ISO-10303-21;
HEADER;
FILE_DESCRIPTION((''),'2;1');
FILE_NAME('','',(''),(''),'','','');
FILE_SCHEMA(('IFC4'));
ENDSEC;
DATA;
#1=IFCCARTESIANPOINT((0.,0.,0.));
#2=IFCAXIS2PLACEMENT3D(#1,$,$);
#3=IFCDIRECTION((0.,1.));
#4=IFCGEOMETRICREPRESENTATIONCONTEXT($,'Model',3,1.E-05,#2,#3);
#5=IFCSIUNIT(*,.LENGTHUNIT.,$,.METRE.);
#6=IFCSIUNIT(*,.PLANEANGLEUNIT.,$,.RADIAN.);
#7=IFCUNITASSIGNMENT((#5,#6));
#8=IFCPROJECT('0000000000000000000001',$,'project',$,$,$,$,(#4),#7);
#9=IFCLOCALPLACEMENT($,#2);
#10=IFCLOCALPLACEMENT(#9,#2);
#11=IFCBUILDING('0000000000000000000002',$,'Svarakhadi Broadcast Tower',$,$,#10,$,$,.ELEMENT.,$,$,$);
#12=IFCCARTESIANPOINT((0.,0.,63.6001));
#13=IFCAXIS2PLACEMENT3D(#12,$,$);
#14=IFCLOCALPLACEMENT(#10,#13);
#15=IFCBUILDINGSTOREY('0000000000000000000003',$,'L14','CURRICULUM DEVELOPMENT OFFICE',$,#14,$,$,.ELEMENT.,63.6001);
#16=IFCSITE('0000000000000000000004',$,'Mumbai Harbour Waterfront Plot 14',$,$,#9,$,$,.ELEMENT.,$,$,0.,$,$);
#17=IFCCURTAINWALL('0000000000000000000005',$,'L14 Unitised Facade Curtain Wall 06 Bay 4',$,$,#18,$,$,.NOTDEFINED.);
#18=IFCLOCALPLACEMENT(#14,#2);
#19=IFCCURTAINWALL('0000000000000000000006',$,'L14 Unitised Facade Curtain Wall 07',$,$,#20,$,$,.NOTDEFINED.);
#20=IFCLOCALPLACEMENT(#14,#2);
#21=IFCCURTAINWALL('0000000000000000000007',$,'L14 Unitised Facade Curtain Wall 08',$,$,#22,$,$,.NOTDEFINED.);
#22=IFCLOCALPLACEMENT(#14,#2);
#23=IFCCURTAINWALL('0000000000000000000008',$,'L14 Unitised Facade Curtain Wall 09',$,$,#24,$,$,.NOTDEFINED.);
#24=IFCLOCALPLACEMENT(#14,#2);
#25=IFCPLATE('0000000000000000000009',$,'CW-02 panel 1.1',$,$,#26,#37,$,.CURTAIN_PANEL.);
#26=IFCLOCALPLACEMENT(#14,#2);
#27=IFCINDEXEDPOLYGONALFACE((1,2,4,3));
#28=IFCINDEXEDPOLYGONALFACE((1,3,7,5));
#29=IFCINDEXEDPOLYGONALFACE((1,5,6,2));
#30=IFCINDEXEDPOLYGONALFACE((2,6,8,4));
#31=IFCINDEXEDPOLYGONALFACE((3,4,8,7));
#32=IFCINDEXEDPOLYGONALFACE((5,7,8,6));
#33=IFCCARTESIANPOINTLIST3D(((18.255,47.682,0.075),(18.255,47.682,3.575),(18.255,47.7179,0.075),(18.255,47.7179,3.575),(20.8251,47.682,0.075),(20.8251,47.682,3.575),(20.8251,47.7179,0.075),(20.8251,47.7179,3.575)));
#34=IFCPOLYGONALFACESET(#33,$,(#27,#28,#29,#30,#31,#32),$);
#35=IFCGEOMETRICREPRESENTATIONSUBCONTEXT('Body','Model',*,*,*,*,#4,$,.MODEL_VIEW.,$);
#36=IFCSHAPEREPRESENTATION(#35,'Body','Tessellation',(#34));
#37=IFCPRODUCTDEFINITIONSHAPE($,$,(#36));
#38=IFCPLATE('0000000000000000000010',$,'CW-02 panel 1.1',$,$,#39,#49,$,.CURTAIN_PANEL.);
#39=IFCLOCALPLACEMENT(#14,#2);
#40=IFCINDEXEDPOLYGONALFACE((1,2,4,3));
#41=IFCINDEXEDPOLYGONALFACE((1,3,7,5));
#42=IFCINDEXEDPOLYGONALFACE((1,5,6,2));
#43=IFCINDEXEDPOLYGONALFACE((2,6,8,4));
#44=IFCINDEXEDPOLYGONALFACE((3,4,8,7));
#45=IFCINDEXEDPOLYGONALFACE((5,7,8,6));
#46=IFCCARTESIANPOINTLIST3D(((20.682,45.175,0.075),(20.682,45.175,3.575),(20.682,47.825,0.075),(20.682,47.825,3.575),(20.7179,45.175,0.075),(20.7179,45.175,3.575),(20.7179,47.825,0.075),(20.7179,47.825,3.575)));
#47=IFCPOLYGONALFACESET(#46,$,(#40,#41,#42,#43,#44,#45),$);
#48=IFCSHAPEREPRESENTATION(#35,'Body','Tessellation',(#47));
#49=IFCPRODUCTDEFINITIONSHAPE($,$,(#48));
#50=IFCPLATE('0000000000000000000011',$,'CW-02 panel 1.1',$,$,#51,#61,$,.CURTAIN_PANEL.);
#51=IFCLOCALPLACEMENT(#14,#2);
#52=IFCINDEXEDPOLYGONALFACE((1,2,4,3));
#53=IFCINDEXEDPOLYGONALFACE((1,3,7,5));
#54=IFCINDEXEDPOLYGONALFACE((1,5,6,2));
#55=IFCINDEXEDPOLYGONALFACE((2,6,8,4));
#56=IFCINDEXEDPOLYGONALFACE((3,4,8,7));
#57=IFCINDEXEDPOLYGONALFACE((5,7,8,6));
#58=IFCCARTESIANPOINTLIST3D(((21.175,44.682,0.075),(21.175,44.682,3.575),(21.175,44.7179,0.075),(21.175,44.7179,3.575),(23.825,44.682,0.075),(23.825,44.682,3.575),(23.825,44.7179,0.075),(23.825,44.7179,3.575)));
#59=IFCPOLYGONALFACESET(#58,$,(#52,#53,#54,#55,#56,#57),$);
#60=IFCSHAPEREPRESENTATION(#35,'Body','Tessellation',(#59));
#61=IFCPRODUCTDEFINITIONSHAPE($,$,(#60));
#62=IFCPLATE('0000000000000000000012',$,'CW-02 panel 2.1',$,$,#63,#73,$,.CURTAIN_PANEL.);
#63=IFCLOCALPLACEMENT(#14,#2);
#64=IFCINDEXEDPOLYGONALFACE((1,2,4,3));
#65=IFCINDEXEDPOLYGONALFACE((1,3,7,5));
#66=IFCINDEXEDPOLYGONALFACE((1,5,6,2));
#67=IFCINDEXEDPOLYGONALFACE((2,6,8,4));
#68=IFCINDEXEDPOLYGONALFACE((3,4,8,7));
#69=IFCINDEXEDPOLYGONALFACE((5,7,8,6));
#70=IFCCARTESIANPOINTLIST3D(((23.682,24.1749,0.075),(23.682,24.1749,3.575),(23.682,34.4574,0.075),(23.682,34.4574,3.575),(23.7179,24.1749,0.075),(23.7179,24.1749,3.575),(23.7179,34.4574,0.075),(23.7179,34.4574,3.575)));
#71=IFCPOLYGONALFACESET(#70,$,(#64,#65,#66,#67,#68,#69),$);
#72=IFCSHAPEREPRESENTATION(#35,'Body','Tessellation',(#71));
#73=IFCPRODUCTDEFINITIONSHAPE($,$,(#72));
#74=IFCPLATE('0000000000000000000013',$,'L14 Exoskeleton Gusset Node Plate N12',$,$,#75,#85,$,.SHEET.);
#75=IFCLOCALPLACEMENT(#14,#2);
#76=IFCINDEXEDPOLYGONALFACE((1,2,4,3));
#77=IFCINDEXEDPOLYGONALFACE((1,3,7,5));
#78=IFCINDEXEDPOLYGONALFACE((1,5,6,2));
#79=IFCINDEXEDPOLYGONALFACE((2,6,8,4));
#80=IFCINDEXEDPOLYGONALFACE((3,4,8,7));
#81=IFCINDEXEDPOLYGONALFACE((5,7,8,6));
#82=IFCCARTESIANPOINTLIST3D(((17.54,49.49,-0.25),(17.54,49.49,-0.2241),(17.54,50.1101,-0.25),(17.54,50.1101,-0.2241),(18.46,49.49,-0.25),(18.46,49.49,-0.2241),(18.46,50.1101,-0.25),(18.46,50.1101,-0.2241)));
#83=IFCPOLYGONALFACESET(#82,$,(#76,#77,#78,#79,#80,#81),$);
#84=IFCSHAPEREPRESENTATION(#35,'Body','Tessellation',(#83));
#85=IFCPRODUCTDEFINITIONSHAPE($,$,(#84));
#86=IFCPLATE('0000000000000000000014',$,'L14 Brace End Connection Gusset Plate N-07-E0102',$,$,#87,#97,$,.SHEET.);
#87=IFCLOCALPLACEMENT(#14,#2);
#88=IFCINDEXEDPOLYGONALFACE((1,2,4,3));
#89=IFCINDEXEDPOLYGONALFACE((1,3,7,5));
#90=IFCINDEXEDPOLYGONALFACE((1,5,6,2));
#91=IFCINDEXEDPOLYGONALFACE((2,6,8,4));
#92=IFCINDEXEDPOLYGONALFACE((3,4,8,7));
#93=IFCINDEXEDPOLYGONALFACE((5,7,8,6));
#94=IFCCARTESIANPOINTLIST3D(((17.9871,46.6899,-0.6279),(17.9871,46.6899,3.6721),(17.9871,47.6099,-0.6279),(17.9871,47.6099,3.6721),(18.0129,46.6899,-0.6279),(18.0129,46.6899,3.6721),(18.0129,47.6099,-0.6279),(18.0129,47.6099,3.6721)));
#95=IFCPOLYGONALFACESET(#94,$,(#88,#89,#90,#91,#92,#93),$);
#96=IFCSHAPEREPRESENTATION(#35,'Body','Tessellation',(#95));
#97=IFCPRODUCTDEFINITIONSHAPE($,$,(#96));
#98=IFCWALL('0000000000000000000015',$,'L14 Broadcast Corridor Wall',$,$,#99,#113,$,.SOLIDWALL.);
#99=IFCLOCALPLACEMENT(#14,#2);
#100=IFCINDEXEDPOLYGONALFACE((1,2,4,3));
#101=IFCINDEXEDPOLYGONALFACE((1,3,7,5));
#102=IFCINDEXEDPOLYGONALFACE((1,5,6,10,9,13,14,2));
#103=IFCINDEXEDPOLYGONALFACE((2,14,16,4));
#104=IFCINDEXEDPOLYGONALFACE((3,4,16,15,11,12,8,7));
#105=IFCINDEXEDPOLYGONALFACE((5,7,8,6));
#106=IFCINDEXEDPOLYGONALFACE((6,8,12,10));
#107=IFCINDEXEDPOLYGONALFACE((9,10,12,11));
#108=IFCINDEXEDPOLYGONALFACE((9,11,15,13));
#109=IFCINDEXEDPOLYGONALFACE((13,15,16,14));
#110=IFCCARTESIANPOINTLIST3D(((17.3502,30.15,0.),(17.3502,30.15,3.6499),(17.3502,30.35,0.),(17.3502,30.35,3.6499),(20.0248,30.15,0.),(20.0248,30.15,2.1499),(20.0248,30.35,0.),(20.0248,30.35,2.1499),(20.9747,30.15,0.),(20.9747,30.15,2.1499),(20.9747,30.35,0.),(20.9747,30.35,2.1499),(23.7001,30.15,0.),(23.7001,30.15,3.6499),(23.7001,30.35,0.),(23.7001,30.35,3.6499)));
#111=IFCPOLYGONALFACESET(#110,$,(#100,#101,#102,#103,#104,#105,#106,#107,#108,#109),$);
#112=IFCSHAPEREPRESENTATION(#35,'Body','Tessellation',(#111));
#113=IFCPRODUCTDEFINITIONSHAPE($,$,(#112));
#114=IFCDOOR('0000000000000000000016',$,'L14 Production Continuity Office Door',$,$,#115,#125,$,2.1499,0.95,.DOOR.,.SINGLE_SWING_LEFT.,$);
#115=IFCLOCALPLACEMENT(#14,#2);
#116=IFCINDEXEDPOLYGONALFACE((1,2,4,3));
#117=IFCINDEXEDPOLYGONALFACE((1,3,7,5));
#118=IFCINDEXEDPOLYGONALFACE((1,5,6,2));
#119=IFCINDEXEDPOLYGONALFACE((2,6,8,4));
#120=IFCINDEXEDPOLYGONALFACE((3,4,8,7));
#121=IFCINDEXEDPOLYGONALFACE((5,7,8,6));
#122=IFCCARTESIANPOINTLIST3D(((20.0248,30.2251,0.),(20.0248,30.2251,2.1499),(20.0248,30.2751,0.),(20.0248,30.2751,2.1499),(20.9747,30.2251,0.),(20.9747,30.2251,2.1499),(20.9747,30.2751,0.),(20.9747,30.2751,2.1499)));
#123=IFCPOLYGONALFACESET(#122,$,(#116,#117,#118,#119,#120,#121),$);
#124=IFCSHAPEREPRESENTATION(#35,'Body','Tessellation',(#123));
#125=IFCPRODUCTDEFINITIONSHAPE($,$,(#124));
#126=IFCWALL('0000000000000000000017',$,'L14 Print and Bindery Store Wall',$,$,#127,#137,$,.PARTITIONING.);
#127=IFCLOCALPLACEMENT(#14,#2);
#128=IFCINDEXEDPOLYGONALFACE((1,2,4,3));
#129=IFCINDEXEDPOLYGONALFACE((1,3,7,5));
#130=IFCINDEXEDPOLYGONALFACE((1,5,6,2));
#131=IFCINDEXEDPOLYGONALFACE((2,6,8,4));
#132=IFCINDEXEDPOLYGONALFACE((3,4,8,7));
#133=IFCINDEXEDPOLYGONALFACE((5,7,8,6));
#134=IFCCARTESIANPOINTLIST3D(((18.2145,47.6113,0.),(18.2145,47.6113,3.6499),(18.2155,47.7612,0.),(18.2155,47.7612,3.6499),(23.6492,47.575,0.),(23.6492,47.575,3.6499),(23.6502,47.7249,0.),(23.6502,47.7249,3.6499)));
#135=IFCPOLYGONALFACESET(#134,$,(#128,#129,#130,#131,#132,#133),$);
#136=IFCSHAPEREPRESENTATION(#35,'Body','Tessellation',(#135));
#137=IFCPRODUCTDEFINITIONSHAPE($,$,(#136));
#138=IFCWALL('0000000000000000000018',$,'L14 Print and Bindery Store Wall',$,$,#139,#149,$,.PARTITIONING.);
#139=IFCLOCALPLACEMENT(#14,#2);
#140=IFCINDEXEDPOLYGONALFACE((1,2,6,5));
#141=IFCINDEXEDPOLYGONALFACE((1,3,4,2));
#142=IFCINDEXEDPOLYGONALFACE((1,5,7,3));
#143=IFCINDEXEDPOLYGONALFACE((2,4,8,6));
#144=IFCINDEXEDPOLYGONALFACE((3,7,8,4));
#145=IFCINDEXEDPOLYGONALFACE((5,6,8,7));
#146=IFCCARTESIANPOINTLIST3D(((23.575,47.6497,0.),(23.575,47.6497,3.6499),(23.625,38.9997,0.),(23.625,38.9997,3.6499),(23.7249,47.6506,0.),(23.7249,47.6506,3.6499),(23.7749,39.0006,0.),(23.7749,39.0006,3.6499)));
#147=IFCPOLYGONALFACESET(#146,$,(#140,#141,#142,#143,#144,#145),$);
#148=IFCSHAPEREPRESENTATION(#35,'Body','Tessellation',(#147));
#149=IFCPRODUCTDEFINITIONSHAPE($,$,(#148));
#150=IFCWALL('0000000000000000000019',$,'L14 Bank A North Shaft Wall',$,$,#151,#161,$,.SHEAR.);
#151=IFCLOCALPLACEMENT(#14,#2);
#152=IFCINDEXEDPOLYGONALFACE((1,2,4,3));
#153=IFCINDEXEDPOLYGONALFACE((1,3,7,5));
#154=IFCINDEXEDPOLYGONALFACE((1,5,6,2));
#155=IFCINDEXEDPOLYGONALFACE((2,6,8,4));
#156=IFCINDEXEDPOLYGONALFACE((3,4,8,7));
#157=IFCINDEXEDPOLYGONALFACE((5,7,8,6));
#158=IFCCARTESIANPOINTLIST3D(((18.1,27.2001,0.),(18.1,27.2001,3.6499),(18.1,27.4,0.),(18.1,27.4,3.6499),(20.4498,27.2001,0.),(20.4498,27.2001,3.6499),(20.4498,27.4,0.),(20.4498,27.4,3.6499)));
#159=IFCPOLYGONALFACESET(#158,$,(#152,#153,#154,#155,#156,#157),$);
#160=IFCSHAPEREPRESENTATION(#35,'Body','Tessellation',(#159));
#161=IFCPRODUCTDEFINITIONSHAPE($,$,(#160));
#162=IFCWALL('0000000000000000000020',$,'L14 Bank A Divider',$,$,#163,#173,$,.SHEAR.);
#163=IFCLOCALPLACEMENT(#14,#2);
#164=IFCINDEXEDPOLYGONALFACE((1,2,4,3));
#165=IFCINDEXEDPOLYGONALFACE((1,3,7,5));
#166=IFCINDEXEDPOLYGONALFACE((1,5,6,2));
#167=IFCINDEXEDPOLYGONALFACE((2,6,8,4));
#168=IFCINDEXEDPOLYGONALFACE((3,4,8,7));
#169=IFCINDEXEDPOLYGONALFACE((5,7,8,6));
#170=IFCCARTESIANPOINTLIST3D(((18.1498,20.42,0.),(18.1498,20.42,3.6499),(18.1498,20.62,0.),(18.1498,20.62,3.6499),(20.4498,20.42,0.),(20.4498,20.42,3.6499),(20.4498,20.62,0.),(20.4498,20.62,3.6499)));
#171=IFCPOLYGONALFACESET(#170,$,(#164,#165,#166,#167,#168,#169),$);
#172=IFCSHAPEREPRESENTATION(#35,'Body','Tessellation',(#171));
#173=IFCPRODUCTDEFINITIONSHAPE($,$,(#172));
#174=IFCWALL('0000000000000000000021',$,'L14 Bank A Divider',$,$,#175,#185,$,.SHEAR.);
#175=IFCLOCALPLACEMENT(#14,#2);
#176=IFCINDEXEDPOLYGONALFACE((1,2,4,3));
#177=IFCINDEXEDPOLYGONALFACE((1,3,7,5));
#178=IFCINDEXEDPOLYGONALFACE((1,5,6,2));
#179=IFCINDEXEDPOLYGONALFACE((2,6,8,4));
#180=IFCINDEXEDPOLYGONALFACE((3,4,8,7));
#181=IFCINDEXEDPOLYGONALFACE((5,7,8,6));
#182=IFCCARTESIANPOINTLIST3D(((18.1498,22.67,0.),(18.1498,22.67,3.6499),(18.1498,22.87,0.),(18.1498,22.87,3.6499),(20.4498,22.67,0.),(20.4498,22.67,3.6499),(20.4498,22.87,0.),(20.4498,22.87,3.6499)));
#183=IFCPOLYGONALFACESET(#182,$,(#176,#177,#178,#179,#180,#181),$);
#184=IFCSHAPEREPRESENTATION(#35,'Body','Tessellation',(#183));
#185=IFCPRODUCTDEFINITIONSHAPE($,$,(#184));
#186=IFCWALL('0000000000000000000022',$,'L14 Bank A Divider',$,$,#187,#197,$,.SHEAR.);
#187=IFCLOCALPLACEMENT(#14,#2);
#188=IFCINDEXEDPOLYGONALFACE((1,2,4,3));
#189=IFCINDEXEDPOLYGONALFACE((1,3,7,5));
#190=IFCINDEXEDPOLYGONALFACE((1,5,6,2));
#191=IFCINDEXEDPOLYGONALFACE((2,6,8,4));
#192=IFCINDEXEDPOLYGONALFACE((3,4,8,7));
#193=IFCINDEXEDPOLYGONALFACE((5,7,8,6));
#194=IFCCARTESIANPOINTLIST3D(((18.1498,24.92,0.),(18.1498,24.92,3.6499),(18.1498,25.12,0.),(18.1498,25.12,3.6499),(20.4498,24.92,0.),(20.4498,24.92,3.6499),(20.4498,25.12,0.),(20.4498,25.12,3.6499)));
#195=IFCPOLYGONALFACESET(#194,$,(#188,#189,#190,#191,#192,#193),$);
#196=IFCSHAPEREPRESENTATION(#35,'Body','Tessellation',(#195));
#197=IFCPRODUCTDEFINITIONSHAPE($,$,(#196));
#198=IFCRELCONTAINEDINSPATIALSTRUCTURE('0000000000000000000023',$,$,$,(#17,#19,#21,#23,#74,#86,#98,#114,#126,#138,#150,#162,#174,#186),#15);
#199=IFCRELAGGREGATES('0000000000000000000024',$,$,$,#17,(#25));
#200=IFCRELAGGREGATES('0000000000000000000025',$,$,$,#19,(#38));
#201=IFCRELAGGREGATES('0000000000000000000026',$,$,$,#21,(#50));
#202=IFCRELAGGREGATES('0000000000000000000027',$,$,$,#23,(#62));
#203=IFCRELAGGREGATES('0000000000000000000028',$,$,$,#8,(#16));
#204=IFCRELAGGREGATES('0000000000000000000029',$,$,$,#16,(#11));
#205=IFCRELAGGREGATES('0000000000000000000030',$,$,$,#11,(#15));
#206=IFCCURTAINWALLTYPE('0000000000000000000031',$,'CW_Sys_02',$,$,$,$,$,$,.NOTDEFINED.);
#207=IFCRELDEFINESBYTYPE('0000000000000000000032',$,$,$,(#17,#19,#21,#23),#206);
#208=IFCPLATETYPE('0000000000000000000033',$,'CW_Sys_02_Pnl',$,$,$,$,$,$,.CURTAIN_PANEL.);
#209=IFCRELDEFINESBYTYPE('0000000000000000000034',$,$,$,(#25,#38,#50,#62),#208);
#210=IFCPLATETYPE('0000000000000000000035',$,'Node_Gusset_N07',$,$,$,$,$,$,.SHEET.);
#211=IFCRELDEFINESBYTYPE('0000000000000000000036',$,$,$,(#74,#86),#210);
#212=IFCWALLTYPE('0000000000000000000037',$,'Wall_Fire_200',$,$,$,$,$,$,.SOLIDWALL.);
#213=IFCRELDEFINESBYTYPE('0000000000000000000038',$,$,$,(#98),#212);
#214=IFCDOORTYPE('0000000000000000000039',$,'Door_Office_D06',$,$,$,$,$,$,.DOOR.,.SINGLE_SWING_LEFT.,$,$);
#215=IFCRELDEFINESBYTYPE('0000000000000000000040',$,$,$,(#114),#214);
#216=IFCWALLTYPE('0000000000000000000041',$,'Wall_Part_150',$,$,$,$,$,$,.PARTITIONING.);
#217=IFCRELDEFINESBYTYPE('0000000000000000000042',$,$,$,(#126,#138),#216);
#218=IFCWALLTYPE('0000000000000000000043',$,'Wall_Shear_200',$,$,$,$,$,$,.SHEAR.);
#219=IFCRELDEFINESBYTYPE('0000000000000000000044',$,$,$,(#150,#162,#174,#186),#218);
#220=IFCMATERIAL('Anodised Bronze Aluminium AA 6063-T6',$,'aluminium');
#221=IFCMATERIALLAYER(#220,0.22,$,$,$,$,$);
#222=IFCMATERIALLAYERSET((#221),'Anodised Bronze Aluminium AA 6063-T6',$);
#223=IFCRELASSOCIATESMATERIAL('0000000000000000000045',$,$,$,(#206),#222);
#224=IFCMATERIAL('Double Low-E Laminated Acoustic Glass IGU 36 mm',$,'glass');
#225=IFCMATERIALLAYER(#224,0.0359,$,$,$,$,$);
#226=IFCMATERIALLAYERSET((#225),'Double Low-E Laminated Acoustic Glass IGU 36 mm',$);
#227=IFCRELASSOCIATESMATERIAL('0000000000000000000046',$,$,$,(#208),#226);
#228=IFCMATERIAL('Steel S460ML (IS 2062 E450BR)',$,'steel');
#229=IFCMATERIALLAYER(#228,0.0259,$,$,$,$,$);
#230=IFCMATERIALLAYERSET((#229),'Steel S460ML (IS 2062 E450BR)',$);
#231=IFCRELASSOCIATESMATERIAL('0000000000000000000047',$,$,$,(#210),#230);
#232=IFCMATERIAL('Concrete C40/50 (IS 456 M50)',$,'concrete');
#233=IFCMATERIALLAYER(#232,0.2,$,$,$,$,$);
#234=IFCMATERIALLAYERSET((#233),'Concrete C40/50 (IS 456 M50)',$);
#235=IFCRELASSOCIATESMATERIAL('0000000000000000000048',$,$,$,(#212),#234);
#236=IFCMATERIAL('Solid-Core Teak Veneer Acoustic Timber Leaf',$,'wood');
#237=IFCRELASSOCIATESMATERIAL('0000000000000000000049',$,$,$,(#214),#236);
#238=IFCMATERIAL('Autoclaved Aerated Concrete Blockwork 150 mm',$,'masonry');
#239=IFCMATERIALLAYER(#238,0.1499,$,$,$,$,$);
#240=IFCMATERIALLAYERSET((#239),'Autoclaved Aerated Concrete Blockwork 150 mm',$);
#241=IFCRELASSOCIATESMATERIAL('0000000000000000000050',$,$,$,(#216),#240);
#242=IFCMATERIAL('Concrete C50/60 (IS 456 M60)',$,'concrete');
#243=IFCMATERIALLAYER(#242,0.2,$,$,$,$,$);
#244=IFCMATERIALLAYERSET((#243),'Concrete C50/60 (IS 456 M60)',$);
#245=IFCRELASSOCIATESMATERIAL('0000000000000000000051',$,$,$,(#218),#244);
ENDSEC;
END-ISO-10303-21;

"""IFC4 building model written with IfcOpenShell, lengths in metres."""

from ifc_helpers import new_model, si_unit, direction, frame, frame_2d, origin, origin_2d, place, context, subcontext, project, spatial, rectangle, extrude, material, layer, layer_set, type_object, element, fill, aggregate, save


model = new_model("IFC4")

# Units and contexts
model_context = context("Model", 3, precision=1e-05, world=origin(), true_north=direction((0.0, 1.0)))
body_context = subcontext(model_context, "Body", "Model", "MODEL_VIEW")
ifc_project = project(units=[si_unit("LENGTHUNIT", "METRE"), si_unit("PLANEANGLEUNIT", "RADIAN")], contexts=[model_context])

# Site, building, storey
site_placement = place(None, origin())
site = spatial("IfcSite", under=ifc_project, at=site_placement, Name="Mumbai Harbour Waterfront Plot 14", CompositionType="ELEMENT", RefElevation=0.0)
building_placement = place(site_placement, origin())
building = spatial("IfcBuilding", under=site, at=building_placement, Name="Svarakhadi Broadcast Tower", CompositionType="ELEMENT")
storey_placement = place(building_placement, frame((0.0, 0.0, 63.6001)))
storey = spatial("IfcBuildingStorey", under=building, at=storey_placement, Name="L14", Description="CURRICULUM DEVELOPMENT OFFICE", CompositionType="ELEMENT", Elevation=63.6001)

# Curtain walls
ifc_material_1 = material(Name="Anodised Bronze Aluminium AA 6063-T6", Category="aluminium")
ifc_layer_1 = layer(ifc_material_1, 0.22)
ifc_layer_set_1 = layer_set([ifc_layer_1], Name="Anodised Bronze Aluminium AA 6063-T6")
curtain_wall_type = type_object("IfcCurtainWallType", Name="CW_Sys_02", PredefinedType="NOTDEFINED", material=ifc_layer_set_1)
curtain_wall_1_placement = place(storey_placement, origin())
curtain_wall_1 = element("IfcCurtainWall", 1, at=curtain_wall_1_placement, inside=storey, type_object=curtain_wall_type, Name="L14 Unitised Facade Curtain Wall 06 Bay 4", PredefinedType="NOTDEFINED")
curtain_wall_2_placement = place(storey_placement, origin())
curtain_wall_2 = element("IfcCurtainWall", 2, at=curtain_wall_2_placement, inside=storey, type_object=curtain_wall_type, Name="L14 Unitised Facade Curtain Wall 07", PredefinedType="NOTDEFINED")

# Curtain wall
curtain_wall_3_placement = place(storey_placement, origin())
curtain_wall_3 = element("IfcCurtainWall", 3, at=curtain_wall_3_placement, inside=storey, type_object=curtain_wall_type, Name="L14 Unitised Facade Curtain Wall 08", PredefinedType="NOTDEFINED")

# Curtain wall
curtain_wall_4_placement = place(storey_placement, origin())
curtain_wall_4 = element("IfcCurtainWall", 4, at=curtain_wall_4_placement, inside=storey, type_object=curtain_wall_type, Name="L14 Unitised Facade Curtain Wall 09", PredefinedType="NOTDEFINED")

# Shared definitions
ifc_material_2 = material(Name="Steel S460ML (IS 2062 E450BR)", Category="steel")

# Plates
ifc_material_3 = material(Name="Double Low-E Laminated Acoustic Glass IGU 36 mm", Category="glass")
ifc_layer_2 = layer(ifc_material_3, 0.0359)
ifc_layer_set_2 = layer_set([ifc_layer_2], Name="Double Low-E Laminated Acoustic Glass IGU 36 mm")
plate_type_1 = type_object("IfcPlateType", Name="CW_Sys_02_Pnl", PredefinedType="CURTAIN_PANEL", material=ifc_layer_set_2)
plate_1_placement = place(storey_placement, frame((19.54, 47.7, 0.075), z_axis=(0.0, 0.0, 1.0), x_axis=(1.0, 0.0, 0.0)))
plate_1 = element("IfcPlate", 5, at=plate_1_placement, type_object=plate_type_1, Name="CW-02 panel 1.1", PredefinedType="CURTAIN_PANEL", context=body_context, shape_type="SweptSolid", body=[
    extrude(rectangle(XDim=2.5701, YDim=0.0359, at=origin_2d()), origin(), (0.0, 0.0, 1.0), 3.5),
])
aggregate(curtain_wall_1, [plate_1])
plate_2_placement = place(storey_placement, frame((20.7, 46.5, 0.075), z_axis=(0.0, 0.0, 1.0), x_axis=(0.0, -1.0, 0.0)))
plate_2 = element("IfcPlate", 6, at=plate_2_placement, type_object=plate_type_1, Name="CW-02 panel 1.1", PredefinedType="CURTAIN_PANEL", context=body_context, shape_type="SweptSolid", body=[
    extrude(rectangle(XDim=2.6499, YDim=0.0359, at=origin_2d()), origin(), (0.0, 0.0, 1.0), 3.5),
])
aggregate(curtain_wall_2, [plate_2])
plate_3_placement = place(storey_placement, frame((22.5, 44.7, 0.075), z_axis=(0.0, 0.0, 1.0), x_axis=(1.0, 0.0, 0.0)))
plate_3 = element("IfcPlate", 7, at=plate_3_placement, type_object=plate_type_1, Name="CW-02 panel 1.1", PredefinedType="CURTAIN_PANEL", context=body_context, shape_type="SweptSolid", body=[
    extrude(rectangle(XDim=2.6499, YDim=0.0359, at=origin_2d()), origin(), (0.0, 0.0, 1.0), 3.5),
])
aggregate(curtain_wall_3, [plate_3])
plate_4_placement = place(storey_placement, frame((23.7, 29.3162, 0.075), z_axis=(0.0, 0.0, 1.0), x_axis=(0.0, -1.0, 0.0)))
plate_4 = element("IfcPlate", 8, at=plate_4_placement, type_object=plate_type_1, Name="CW-02 panel 2.1", PredefinedType="CURTAIN_PANEL", context=body_context, shape_type="SweptSolid", body=[
    extrude(rectangle(XDim=10.2825, YDim=0.0359, at=origin_2d()), origin(), (0.0, 0.0, 1.0), 3.5),
])
aggregate(curtain_wall_4, [plate_4])

# Plates
ifc_layer_3 = layer(ifc_material_2, 0.0259)
ifc_layer_set_3 = layer_set([ifc_layer_3], Name="Steel S460ML (IS 2062 E450BR)")
plate_type_2 = type_object("IfcPlateType", Name="Node_Gusset_N07", PredefinedType="SHEET", material=ifc_layer_set_3)
plate_5_placement = place(storey_placement, frame((18.0, 49.8, -0.25), z_axis=(0.0, 0.0, 1.0), x_axis=(1.0, 0.0, 0.0)))
element("IfcPlate", 9, at=plate_5_placement, inside=storey, type_object=plate_type_2, Name="L14 Exoskeleton Gusset Node Plate N12", PredefinedType="SHEET", context=body_context, shape_type="SweptSolid", body=[
    extrude(rectangle(XDim=0.9199, YDim=0.6201, at=origin_2d()), origin(), (0.0, 0.0, 1.0), 0.0259),
])
plate_6_placement = place(storey_placement, frame((18.0, 47.1499, -0.6279), z_axis=(0.0, 0.0, 1.0), x_axis=(0.0, 1.0, 0.0)))
element("IfcPlate", 10, at=plate_6_placement, inside=storey, type_object=plate_type_2, Name="L14 Brace End Connection Gusset Plate N-07-E0102", PredefinedType="SHEET", context=body_context, shape_type="SweptSolid", body=[
    extrude(rectangle(XDim=0.9199, YDim=0.0259, at=origin_2d()), origin(), (0.0, 0.0, 1.0), 4.3),
])

# Wall, opening, door
ifc_material_4 = material(Name="Concrete C40/50 (IS 456 M50)", Category="concrete")
ifc_layer_4 = layer(ifc_material_4, 0.2)
ifc_layer_set_4 = layer_set([ifc_layer_4], Name="Concrete C40/50 (IS 456 M50)")
wall_type_1 = type_object("IfcWallType", Name="Wall_Fire_200", PredefinedType="SOLIDWALL", material=ifc_layer_set_4)
wall_1_placement = place(storey_placement, frame((23.7, 30.25, 0.0), z_axis=(0.0, 0.0, 1.0), x_axis=(-1.0, 0.0, 0.0)))
wall_1 = element("IfcWall", 11, at=wall_1_placement, inside=storey, type_object=wall_type_1, Name="L14 Broadcast Corridor Wall", PredefinedType="SOLIDWALL", context=body_context, shape_type="SweptSolid", body=[
    extrude(rectangle(XDim=6.3499, YDim=0.2, at=frame_2d((3.1748, 0.0))), origin(), (0.0, 0.0, 1.0), 3.6499),
])
opening_placement = place(wall_1_placement, frame((2.7251, 0.0, 0.0)))
opening = element("IfcOpeningElement", 12, at=opening_placement, cuts=wall_1, PredefinedType="OPENING", context=body_context, shape_type="SweptSolid", body=[
    extrude(rectangle(XDim=0.95, YDim=2.1499, at=frame_2d((0.4751, 1.075))), frame((0.0, 0.1099, 0.0), z_axis=(0.0, -1.0, 0.0), x_axis=(1.0, 0.0, 0.0)), (0.0, 0.0, 1.0), 0.22),
])
ifc_material_5 = material(Name="Solid-Core Teak Veneer Acoustic Timber Leaf", Category="wood")
door_type = type_object("IfcDoorType", Name="Door_Office_D06", OperationType="SINGLE_SWING_LEFT", PredefinedType="DOOR", material=ifc_material_5)
door_placement = place(opening_placement, origin())
door = element("IfcDoor", 13, at=door_placement, inside=storey, type_object=door_type, Name="L14 Production Continuity Office Door", OperationType="SINGLE_SWING_LEFT", OverallHeight=2.1499, OverallWidth=0.95, PredefinedType="DOOR", context=body_context, shape_type="SweptSolid", body=[
    extrude(rectangle(XDim=0.95, YDim=2.1499, at=frame_2d((0.4751, 1.075))), frame((0.0, 0.0249, 0.0), z_axis=(0.0, -1.0, 0.0), x_axis=(1.0, 0.0, 0.0)), (0.0, 0.0, 1.0), 0.05),
])
fill(opening, door)

# Walls
ifc_material_6 = material(Name="Autoclaved Aerated Concrete Blockwork 150 mm", Category="masonry")
ifc_layer_5 = layer(ifc_material_6, 0.1499)
ifc_layer_set_5 = layer_set([ifc_layer_5], Name="Autoclaved Aerated Concrete Blockwork 150 mm")
wall_type_2 = type_object("IfcWallType", Name="Wall_Part_150", PredefinedType="PARTITIONING", material=ifc_layer_set_5)
wall_2_placement = place(storey_placement, frame((18.2151, 47.6863, 0.0), z_axis=(0.0, 0.0, 1.0), x_axis=(0.999978, -0.006693, 0.0)))
element("IfcWall", 14, at=wall_2_placement, inside=storey, type_object=wall_type_2, Name="L14 Print and Bindery Store Wall", PredefinedType="PARTITIONING", context=body_context, shape_type="SweptSolid", body=[
    extrude(rectangle(XDim=5.4348, YDim=0.1499, at=frame_2d((2.7173, 0.0))), origin(), (0.0, 0.0, 1.0), 3.6499),
])
wall_3_placement = place(storey_placement, frame((23.7, 39.0, 0.0), z_axis=(0.0, 0.0, 1.0), x_axis=(-0.005786, 0.999983, 0.0)))
element("IfcWall", 15, at=wall_3_placement, inside=storey, type_object=wall_type_2, Name="L14 Print and Bindery Store Wall", PredefinedType="PARTITIONING", context=body_context, shape_type="SweptSolid", body=[
    extrude(rectangle(XDim=8.6501, YDim=0.1499, at=frame_2d((4.3252, 0.0))), origin(), (0.0, 0.0, 1.0), 3.6499),
])
ifc_material_7 = material(Name="Concrete C50/60 (IS 456 M60)", Category="concrete")
ifc_layer_6 = layer(ifc_material_7, 0.2)
ifc_layer_set_6 = layer_set([ifc_layer_6], Name="Concrete C50/60 (IS 456 M60)")
wall_type_3 = type_object("IfcWallType", Name="Wall_Shear_200", PredefinedType="SHEAR", material=ifc_layer_set_6)
wall_4_placement = place(storey_placement, frame((18.1001, 27.3, 0.0), z_axis=(0.0, 0.0, 1.0), x_axis=(1.0, 0.0, 0.0)))
element("IfcWall", 16, at=wall_4_placement, inside=storey, type_object=wall_type_3, Name="L14 Bank A North Shaft Wall", PredefinedType="SHEAR", context=body_context, shape_type="SweptSolid", body=[
    extrude(rectangle(XDim=2.3499, YDim=0.2, at=frame_2d((1.1748, 0.0))), origin(), (0.0, 0.0, 1.0), 3.6499),
])
for number, where, z_axis, x_axis, name in (
    (17, (18.1499, 20.52, 0.0), (0.0, 0.0, 1.0), (1.0, 0.0, 0.0), "L14 Bank A Divider"),
    (18, (18.1499, 22.77, 0.0), (0.0, 0.0, 1.0), (1.0, 0.0, 0.0), "L14 Bank A Divider"),
    (19, (18.1499, 25.02, 0.0), (0.0, 0.0, 1.0), (1.0, 0.0, 0.0), "L14 Bank A Divider"),
):
    element("IfcWall", number, at=place(storey_placement, frame(where, z_axis=z_axis, x_axis=x_axis)), inside=storey, type_object=wall_type_3, Name=name, PredefinedType="SHEAR", context=body_context, shape_type="SweptSolid", body=[
        extrude(rectangle(XDim=2.3, YDim=0.2, at=frame_2d((1.1499, 0.0))), origin(), (0.0, 0.0, 1.0), 3.6499),
    ])

save(model, "model.ifc")
